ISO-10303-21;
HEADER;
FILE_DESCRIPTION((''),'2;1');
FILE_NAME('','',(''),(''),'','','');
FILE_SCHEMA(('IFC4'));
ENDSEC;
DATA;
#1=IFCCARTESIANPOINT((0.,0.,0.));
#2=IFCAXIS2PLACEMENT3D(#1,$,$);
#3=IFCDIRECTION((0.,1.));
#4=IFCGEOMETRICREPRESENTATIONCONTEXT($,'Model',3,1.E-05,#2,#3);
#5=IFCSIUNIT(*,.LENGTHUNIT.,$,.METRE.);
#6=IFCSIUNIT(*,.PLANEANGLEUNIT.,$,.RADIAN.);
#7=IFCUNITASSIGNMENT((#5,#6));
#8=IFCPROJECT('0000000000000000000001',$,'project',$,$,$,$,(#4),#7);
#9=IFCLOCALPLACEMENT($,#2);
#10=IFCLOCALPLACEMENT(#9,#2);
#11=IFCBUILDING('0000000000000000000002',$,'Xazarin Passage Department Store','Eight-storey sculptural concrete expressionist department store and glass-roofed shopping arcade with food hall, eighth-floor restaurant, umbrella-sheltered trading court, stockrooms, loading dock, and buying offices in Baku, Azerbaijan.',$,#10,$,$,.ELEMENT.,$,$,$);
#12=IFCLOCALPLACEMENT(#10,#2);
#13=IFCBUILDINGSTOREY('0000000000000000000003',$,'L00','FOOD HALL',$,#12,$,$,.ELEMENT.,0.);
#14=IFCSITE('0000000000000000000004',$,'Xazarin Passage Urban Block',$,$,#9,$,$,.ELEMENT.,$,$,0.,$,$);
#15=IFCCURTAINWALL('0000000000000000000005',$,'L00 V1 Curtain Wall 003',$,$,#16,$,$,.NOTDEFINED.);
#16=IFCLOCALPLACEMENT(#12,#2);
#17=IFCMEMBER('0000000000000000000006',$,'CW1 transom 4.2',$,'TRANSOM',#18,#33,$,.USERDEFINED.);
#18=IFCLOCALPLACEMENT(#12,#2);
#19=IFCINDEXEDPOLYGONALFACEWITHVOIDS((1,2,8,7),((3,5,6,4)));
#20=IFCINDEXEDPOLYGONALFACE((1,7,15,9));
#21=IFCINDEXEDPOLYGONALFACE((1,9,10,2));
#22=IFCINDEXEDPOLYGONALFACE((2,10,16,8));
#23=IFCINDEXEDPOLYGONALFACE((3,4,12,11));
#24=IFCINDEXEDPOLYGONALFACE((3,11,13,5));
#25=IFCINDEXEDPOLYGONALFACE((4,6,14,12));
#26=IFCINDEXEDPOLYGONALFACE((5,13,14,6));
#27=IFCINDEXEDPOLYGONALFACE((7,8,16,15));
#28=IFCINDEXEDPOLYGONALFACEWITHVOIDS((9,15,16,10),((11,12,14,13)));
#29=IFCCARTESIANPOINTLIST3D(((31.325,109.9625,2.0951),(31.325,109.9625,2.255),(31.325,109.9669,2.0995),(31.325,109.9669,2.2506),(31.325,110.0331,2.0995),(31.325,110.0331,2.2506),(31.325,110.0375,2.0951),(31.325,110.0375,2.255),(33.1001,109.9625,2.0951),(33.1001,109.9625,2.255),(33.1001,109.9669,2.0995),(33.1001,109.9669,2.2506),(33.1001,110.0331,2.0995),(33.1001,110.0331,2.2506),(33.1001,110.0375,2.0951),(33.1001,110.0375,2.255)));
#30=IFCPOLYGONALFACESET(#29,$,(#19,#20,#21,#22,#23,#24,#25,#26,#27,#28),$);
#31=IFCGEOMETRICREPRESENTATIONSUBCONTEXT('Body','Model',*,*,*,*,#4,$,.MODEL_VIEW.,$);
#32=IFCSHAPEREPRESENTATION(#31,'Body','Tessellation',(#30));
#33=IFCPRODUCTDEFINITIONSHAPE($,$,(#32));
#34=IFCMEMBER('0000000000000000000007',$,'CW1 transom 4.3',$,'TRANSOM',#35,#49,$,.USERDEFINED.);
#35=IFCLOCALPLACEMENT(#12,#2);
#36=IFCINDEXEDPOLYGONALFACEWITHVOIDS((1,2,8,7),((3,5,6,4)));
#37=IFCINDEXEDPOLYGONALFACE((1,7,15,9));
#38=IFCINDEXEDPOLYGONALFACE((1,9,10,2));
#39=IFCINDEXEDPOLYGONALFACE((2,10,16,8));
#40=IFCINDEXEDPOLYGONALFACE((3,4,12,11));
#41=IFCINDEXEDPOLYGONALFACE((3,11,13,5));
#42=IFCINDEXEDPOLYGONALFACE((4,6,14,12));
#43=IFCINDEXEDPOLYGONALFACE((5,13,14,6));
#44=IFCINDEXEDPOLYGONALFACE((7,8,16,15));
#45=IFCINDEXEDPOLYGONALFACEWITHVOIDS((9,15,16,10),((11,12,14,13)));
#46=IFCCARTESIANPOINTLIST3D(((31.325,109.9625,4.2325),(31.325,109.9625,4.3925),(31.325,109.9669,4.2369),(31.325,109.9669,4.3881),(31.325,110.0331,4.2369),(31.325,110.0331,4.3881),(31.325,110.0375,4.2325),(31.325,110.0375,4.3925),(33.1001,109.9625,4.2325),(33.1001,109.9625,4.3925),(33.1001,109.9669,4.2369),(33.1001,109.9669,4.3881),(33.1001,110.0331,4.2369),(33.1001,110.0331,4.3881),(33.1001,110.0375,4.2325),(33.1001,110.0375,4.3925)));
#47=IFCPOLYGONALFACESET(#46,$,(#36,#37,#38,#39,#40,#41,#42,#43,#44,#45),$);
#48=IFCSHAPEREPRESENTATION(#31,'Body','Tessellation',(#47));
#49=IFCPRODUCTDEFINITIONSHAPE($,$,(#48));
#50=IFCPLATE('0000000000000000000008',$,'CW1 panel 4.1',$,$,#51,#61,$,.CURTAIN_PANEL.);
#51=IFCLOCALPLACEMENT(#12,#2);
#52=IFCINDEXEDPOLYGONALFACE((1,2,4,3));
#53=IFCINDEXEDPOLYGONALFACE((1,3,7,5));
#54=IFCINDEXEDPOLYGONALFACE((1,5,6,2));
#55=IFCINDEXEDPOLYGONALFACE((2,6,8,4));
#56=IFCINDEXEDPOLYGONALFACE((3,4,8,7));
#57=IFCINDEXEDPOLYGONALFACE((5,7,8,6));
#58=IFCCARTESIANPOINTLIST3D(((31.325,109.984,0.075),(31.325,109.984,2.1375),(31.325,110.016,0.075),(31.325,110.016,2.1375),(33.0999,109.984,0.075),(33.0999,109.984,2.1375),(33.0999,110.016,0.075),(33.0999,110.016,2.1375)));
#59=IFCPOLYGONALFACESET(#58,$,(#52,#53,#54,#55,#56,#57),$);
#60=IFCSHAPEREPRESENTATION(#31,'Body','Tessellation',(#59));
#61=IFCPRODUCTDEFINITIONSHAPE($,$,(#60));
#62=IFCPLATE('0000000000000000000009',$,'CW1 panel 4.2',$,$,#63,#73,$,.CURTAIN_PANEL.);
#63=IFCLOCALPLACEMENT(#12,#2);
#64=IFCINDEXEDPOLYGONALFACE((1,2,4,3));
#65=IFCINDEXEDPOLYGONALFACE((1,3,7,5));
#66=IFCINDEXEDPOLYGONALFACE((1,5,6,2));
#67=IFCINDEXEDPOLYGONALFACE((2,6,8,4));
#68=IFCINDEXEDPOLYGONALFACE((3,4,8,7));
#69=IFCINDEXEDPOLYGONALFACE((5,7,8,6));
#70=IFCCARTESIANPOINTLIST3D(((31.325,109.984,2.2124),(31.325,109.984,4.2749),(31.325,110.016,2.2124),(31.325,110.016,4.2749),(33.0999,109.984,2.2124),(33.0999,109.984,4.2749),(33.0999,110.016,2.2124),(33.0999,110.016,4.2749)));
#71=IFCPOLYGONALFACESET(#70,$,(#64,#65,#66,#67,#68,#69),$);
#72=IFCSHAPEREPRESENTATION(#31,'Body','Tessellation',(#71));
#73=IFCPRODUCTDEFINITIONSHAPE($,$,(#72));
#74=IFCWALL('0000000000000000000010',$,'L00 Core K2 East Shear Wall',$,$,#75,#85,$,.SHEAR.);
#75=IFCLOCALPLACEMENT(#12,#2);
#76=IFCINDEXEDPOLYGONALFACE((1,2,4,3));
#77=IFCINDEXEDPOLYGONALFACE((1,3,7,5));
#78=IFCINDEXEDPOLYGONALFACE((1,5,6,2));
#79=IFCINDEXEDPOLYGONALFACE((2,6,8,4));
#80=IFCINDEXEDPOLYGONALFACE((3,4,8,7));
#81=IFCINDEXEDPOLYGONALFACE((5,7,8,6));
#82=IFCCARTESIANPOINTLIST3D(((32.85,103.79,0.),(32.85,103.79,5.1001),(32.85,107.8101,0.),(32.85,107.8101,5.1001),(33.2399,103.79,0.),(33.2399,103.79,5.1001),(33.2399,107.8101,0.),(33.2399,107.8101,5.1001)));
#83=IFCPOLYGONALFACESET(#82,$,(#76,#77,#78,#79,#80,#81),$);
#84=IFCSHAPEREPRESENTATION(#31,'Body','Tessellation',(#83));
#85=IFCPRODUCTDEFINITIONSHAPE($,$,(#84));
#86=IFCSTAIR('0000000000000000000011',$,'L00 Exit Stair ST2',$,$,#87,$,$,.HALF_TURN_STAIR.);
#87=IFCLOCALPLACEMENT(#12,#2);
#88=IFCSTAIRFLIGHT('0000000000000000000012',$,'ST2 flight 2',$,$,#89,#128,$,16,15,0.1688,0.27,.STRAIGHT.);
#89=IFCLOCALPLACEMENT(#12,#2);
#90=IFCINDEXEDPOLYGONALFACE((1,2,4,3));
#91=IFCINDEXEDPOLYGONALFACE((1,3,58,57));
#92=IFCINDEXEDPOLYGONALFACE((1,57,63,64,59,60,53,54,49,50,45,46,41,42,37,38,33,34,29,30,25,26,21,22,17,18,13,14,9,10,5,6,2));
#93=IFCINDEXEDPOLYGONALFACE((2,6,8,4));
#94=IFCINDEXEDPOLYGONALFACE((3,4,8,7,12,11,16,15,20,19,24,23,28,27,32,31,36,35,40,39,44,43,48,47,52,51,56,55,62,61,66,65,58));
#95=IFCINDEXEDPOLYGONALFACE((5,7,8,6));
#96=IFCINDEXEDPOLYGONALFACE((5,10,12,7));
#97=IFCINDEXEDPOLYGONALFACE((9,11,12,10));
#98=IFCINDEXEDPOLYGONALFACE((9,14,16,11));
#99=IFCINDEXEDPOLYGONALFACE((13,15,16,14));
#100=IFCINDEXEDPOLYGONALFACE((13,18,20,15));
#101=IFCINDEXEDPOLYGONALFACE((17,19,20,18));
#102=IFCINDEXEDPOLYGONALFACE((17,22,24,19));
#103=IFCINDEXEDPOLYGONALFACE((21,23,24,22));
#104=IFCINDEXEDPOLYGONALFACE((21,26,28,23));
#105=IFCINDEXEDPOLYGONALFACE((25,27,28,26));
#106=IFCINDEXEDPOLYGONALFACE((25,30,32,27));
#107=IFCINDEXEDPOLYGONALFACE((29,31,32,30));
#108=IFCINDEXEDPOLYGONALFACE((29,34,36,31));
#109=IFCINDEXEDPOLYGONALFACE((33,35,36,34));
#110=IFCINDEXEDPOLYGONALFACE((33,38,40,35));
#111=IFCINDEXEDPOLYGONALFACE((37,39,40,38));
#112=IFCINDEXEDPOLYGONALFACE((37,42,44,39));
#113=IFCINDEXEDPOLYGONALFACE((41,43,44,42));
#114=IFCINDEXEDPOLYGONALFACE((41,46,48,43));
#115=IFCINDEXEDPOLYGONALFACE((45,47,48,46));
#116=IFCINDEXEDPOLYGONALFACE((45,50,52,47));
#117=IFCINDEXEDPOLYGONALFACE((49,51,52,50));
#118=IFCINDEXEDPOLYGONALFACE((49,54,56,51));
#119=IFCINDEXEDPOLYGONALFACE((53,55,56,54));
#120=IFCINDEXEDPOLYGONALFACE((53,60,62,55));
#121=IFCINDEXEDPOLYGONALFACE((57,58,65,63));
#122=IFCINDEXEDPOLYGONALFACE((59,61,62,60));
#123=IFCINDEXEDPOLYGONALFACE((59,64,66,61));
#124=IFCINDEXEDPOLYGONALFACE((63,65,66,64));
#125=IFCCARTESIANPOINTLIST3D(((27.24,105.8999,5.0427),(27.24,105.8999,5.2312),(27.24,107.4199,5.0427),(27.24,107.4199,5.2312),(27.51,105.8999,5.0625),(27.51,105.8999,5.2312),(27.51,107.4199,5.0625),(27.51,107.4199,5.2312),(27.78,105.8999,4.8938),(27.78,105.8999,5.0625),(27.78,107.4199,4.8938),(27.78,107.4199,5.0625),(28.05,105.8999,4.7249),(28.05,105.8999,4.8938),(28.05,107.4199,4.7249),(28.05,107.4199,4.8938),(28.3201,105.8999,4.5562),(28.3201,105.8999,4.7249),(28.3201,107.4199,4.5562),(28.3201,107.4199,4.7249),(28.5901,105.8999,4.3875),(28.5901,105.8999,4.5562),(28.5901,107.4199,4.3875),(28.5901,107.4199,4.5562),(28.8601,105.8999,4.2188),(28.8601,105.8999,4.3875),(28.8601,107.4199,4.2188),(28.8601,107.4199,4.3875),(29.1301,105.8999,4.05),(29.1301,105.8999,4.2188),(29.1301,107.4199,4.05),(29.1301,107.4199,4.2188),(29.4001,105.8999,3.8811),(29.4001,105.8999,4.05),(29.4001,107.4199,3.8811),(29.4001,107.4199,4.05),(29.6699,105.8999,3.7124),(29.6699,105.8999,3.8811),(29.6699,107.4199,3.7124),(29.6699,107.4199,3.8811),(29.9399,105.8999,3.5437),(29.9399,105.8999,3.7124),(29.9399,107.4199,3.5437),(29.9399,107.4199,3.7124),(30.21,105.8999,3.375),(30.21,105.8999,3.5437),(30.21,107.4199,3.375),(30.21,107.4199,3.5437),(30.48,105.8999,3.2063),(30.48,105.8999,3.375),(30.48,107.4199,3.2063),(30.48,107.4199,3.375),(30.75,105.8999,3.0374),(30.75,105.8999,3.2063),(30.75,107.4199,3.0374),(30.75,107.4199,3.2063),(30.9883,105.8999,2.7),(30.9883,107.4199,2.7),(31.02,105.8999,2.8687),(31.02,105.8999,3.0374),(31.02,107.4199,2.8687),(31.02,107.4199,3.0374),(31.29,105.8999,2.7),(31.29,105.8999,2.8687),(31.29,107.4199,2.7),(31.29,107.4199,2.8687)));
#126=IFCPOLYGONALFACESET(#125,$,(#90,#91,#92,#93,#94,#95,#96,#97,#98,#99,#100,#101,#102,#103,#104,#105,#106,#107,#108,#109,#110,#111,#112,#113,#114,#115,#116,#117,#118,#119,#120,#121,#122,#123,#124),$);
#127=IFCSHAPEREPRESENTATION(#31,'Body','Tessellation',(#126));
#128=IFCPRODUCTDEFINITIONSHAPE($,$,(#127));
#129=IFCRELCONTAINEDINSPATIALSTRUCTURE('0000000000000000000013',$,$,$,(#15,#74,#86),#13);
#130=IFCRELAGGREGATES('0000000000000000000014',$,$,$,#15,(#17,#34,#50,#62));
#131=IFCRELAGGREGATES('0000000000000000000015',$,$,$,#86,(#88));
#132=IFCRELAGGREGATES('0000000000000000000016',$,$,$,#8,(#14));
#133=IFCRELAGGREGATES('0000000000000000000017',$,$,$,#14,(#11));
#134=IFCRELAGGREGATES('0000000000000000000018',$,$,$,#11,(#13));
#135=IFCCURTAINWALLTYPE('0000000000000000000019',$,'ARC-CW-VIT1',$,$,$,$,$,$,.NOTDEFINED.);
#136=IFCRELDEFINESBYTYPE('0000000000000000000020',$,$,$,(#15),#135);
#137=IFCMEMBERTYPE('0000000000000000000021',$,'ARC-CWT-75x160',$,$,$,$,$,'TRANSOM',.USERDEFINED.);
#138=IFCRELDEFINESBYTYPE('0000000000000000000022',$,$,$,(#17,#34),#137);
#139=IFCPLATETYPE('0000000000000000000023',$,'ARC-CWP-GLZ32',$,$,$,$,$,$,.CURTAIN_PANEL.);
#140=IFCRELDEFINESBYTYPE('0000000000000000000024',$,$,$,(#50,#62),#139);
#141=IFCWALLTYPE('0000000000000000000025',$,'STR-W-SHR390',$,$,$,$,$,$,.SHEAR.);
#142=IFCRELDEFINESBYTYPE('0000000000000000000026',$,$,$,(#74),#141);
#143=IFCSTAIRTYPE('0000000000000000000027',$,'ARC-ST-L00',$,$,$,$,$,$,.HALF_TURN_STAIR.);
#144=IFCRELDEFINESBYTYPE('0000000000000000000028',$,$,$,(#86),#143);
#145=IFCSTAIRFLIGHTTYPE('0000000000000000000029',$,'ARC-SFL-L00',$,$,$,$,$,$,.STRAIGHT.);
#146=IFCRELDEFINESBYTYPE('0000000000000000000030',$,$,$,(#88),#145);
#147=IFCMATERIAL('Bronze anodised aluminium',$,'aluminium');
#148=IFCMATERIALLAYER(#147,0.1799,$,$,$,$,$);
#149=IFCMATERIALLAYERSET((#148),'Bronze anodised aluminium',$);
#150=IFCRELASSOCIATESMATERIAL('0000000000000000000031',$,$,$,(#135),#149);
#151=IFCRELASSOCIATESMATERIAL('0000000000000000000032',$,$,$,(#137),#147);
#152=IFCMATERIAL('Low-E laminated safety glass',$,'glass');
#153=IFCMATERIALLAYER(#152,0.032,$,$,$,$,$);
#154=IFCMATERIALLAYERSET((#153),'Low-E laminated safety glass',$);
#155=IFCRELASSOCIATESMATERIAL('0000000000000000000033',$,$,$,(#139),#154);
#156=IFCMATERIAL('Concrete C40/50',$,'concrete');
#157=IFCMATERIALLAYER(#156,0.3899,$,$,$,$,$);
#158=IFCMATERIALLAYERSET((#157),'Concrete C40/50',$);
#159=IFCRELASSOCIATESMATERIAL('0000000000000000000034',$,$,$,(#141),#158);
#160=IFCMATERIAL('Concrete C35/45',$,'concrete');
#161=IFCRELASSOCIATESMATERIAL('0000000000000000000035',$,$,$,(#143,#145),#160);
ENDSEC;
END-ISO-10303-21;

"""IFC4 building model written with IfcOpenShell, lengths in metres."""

from ifc_helpers import new_model, si_unit, direction, frame, frame_2d, origin, origin_2d, place, context, subcontext, project, spatial, polyline, rectangle, hollow_rectangle, outline, extrude, material, layer, layer_set, material_profile, profile_set, type_object, element, aggregate, save


model = new_model("IFC4")

# Units and contexts
model_context = context("Model", 3, precision=1e-05, world=origin(), true_north=direction((0.0, 1.0)))
body_context = subcontext(model_context, "Body", "Model", "MODEL_VIEW")
ifc_project = project(units=[si_unit("LENGTHUNIT", "METRE"), si_unit("PLANEANGLEUNIT", "RADIAN")], contexts=[model_context])

# Site, building, storey
site_placement = place(None, origin())
site = spatial("IfcSite", under=ifc_project, at=site_placement, Name="Xazarin Passage Urban Block", CompositionType="ELEMENT", RefElevation=0.0)
building_placement = place(site_placement, origin())
building = spatial("IfcBuilding", under=site, at=building_placement, Name="Xazarin Passage Department Store", Description="Eight-storey sculptural concrete expressionist department store and glass-roofed shopping arcade with food hall, eighth-floor restaurant, umbrella-sheltered trading court, stockrooms, loading dock, and buying offices in Baku, Azerbaijan.", CompositionType="ELEMENT")
storey_placement = place(building_placement, origin())
storey = spatial("IfcBuildingStorey", under=building, at=storey_placement, Name="L00", Description="FOOD HALL", CompositionType="ELEMENT", Elevation=0.0)

# Shared definitions
ifc_material_1 = material(Name="Concrete C35/45", Category="concrete")

# Shared definitions
ifc_material_2 = material(Name="Concrete C40/50", Category="concrete")

# Curtain wall, members, plates
ifc_material_3 = material(Name="Bronze anodised aluminium", Category="aluminium")
ifc_layer_1 = layer(ifc_material_3, 0.1799)
ifc_layer_set_1 = layer_set([ifc_layer_1], Name="Bronze anodised aluminium")
curtain_wall_type = type_object("IfcCurtainWallType", Name="ARC-CW-VIT1", PredefinedType="NOTDEFINED", material=ifc_layer_set_1)
curtain_wall_placement = place(storey_placement, origin())
curtain_wall = element("IfcCurtainWall", 1, at=curtain_wall_placement, inside=storey, type_object=curtain_wall_type, Name="L00 V1 Curtain Wall 003", PredefinedType="NOTDEFINED")
ifc_material_profile_1 = material_profile(ifc_material_3, hollow_rectangle(XDim=0.075, YDim=0.1599, WallThickness=0.0044, at=origin_2d()), Name="ALU 75x160")
ifc_profile_set_1 = profile_set([ifc_material_profile_1], Name="Bronze anodised aluminium")
member_type_1 = type_object("IfcMemberType", Name="ARC-CWT-75x160", ElementType="TRANSOM", PredefinedType="USERDEFINED", material=ifc_profile_set_1)
member_1_placement = place(storey_placement, frame((31.325, 110.0, 2.175), z_axis=(1.0, 0.0, 0.0), x_axis=(0.0, 1.0, 0.0)))
member_1 = element("IfcMember", 2, at=member_1_placement, type_object=member_type_1, Name="CW1 transom 4.2", ObjectType="TRANSOM", PredefinedType="USERDEFINED", context=body_context, shape_type="SweptSolid", body=[
    extrude(hollow_rectangle(XDim=0.075, YDim=0.1599, WallThickness=0.0044, at=origin_2d()), origin(), (0.0, 0.0, 1.0), 1.7751),
])
member_2_placement = place(storey_placement, frame((31.325, 110.0, 4.3125), z_axis=(1.0, 0.0, 0.0), x_axis=(0.0, 1.0, 0.0)))
member_2 = element("IfcMember", 3, at=member_2_placement, type_object=member_type_1, Name="CW1 transom 4.3", ObjectType="TRANSOM", PredefinedType="USERDEFINED", context=body_context, shape_type="SweptSolid", body=[
    extrude(hollow_rectangle(XDim=0.075, YDim=0.1599, WallThickness=0.0044, at=origin_2d()), origin(), (0.0, 0.0, 1.0), 1.7751),
])
ifc_material_4 = material(Name="Low-E laminated safety glass", Category="glass")
ifc_layer_2 = layer(ifc_material_4, 0.032)
ifc_layer_set_2 = layer_set([ifc_layer_2], Name="Low-E laminated safety glass")
plate_type = type_object("IfcPlateType", Name="ARC-CWP-GLZ32", PredefinedType="CURTAIN_PANEL", material=ifc_layer_set_2)
plate_1_placement = place(storey_placement, frame((32.2124, 110.0, 0.075), z_axis=(0.0, 0.0, 1.0), x_axis=(1.0, 0.0, 0.0)))
plate_1 = element("IfcPlate", 4, at=plate_1_placement, type_object=plate_type, Name="CW1 panel 4.1", PredefinedType="CURTAIN_PANEL", context=body_context, shape_type="SweptSolid", body=[
    extrude(rectangle(XDim=1.7749, YDim=0.032, at=origin_2d()), origin(), (0.0, 0.0, 1.0), 2.0625),
])
plate_2_placement = place(storey_placement, frame((32.2124, 110.0, 2.2124), z_axis=(0.0, 0.0, 1.0), x_axis=(1.0, 0.0, 0.0)))
plate_2 = element("IfcPlate", 5, at=plate_2_placement, type_object=plate_type, Name="CW1 panel 4.2", PredefinedType="CURTAIN_PANEL", context=body_context, shape_type="SweptSolid", body=[
    extrude(rectangle(XDim=1.7749, YDim=0.032, at=origin_2d()), origin(), (0.0, 0.0, 1.0), 2.0625),
])
aggregate(curtain_wall, [member_1, member_2, plate_1, plate_2])

# Wall
ifc_layer_3 = layer(ifc_material_2, 0.3899)
ifc_layer_set_3 = layer_set([ifc_layer_3], Name="Concrete C40/50")
wall_type = type_object("IfcWallType", Name="STR-W-SHR390", PredefinedType="SHEAR", material=ifc_layer_set_3)
wall_placement = place(storey_placement, frame((33.0449, 103.79, 0.0), z_axis=(0.0, 0.0, 1.0), x_axis=(0.0, 1.0, 0.0)))
element("IfcWall", 6, at=wall_placement, inside=storey, type_object=wall_type, Name="L00 Core K2 East Shear Wall", PredefinedType="SHEAR", context=body_context, shape_type="SweptSolid", body=[
    extrude(rectangle(XDim=4.02, YDim=0.3899, at=frame_2d((2.01, 0.0))), origin(), (0.0, 0.0, 1.0), 5.1001),
])

# Stair, stair flight
stair_type = type_object("IfcStairType", Name="ARC-ST-L00", PredefinedType="HALF_TURN_STAIR", material=ifc_material_1)
stair_placement = place(storey_placement, origin())
stair = element("IfcStair", 7, at=stair_placement, inside=storey, type_object=stair_type, Name="L00 Exit Stair ST2", PredefinedType="HALF_TURN_STAIR")
stair_flight_type = type_object("IfcStairFlightType", Name="ARC-SFL-L00", PredefinedType="STRAIGHT", material=ifc_material_1)
stair_flight_placement = place(storey_placement, frame((31.29, 106.6599, 2.7), z_axis=(0.0, 0.0, 1.0), x_axis=(-1.0, 0.0, 0.0)))
stair_flight = element("IfcStairFlight", 8, at=stair_flight_placement, type_object=stair_flight_type, Name="ST2 flight 2", NumberOfRisers=16, NumberOfTreads=15, PredefinedType="STRAIGHT", RiserHeight=0.1688, TreadLength=0.27, context=body_context, shape_type="SweptSolid", body=[
    extrude(outline(polyline([(0.0, 0.0), (0.0, 0.1687), (0.27, 0.1687), (0.27, 0.3374), (0.54, 0.3374), (0.54, 0.5063), (0.8101, 0.5063), (0.8101, 0.675), (1.0801, 0.675), (1.0801, 0.8438), (1.3501, 0.8438), (1.3501, 1.0125), (1.6201, 1.0125), (1.6201, 1.1812), (1.8899, 1.1812), (1.8899, 1.3501), (2.1599, 1.3501), (2.1599, 1.5188), (2.4299, 1.5188), (2.4299, 1.6875), (2.7, 1.6875), (2.7, 1.8562), (2.97, 1.8562), (2.97, 2.0249), (3.24, 2.0249), (3.24, 2.1938), (3.51, 2.1938), (3.51, 2.3625), (3.78, 2.3625), (3.78, 2.5312), (4.05, 2.5312), (4.05, 2.7), (4.05, 2.3428), (0.3018, 0.0), (0.0, 0.0)])), frame((0.0, 0.76, 0.0), z_axis=(0.0, -1.0, 0.0), x_axis=(1.0, 0.0, 0.0)), (0.0, 0.0, 1.0), 1.52),
])
aggregate(stair, [stair_flight])

save(model, "model.ifc")
